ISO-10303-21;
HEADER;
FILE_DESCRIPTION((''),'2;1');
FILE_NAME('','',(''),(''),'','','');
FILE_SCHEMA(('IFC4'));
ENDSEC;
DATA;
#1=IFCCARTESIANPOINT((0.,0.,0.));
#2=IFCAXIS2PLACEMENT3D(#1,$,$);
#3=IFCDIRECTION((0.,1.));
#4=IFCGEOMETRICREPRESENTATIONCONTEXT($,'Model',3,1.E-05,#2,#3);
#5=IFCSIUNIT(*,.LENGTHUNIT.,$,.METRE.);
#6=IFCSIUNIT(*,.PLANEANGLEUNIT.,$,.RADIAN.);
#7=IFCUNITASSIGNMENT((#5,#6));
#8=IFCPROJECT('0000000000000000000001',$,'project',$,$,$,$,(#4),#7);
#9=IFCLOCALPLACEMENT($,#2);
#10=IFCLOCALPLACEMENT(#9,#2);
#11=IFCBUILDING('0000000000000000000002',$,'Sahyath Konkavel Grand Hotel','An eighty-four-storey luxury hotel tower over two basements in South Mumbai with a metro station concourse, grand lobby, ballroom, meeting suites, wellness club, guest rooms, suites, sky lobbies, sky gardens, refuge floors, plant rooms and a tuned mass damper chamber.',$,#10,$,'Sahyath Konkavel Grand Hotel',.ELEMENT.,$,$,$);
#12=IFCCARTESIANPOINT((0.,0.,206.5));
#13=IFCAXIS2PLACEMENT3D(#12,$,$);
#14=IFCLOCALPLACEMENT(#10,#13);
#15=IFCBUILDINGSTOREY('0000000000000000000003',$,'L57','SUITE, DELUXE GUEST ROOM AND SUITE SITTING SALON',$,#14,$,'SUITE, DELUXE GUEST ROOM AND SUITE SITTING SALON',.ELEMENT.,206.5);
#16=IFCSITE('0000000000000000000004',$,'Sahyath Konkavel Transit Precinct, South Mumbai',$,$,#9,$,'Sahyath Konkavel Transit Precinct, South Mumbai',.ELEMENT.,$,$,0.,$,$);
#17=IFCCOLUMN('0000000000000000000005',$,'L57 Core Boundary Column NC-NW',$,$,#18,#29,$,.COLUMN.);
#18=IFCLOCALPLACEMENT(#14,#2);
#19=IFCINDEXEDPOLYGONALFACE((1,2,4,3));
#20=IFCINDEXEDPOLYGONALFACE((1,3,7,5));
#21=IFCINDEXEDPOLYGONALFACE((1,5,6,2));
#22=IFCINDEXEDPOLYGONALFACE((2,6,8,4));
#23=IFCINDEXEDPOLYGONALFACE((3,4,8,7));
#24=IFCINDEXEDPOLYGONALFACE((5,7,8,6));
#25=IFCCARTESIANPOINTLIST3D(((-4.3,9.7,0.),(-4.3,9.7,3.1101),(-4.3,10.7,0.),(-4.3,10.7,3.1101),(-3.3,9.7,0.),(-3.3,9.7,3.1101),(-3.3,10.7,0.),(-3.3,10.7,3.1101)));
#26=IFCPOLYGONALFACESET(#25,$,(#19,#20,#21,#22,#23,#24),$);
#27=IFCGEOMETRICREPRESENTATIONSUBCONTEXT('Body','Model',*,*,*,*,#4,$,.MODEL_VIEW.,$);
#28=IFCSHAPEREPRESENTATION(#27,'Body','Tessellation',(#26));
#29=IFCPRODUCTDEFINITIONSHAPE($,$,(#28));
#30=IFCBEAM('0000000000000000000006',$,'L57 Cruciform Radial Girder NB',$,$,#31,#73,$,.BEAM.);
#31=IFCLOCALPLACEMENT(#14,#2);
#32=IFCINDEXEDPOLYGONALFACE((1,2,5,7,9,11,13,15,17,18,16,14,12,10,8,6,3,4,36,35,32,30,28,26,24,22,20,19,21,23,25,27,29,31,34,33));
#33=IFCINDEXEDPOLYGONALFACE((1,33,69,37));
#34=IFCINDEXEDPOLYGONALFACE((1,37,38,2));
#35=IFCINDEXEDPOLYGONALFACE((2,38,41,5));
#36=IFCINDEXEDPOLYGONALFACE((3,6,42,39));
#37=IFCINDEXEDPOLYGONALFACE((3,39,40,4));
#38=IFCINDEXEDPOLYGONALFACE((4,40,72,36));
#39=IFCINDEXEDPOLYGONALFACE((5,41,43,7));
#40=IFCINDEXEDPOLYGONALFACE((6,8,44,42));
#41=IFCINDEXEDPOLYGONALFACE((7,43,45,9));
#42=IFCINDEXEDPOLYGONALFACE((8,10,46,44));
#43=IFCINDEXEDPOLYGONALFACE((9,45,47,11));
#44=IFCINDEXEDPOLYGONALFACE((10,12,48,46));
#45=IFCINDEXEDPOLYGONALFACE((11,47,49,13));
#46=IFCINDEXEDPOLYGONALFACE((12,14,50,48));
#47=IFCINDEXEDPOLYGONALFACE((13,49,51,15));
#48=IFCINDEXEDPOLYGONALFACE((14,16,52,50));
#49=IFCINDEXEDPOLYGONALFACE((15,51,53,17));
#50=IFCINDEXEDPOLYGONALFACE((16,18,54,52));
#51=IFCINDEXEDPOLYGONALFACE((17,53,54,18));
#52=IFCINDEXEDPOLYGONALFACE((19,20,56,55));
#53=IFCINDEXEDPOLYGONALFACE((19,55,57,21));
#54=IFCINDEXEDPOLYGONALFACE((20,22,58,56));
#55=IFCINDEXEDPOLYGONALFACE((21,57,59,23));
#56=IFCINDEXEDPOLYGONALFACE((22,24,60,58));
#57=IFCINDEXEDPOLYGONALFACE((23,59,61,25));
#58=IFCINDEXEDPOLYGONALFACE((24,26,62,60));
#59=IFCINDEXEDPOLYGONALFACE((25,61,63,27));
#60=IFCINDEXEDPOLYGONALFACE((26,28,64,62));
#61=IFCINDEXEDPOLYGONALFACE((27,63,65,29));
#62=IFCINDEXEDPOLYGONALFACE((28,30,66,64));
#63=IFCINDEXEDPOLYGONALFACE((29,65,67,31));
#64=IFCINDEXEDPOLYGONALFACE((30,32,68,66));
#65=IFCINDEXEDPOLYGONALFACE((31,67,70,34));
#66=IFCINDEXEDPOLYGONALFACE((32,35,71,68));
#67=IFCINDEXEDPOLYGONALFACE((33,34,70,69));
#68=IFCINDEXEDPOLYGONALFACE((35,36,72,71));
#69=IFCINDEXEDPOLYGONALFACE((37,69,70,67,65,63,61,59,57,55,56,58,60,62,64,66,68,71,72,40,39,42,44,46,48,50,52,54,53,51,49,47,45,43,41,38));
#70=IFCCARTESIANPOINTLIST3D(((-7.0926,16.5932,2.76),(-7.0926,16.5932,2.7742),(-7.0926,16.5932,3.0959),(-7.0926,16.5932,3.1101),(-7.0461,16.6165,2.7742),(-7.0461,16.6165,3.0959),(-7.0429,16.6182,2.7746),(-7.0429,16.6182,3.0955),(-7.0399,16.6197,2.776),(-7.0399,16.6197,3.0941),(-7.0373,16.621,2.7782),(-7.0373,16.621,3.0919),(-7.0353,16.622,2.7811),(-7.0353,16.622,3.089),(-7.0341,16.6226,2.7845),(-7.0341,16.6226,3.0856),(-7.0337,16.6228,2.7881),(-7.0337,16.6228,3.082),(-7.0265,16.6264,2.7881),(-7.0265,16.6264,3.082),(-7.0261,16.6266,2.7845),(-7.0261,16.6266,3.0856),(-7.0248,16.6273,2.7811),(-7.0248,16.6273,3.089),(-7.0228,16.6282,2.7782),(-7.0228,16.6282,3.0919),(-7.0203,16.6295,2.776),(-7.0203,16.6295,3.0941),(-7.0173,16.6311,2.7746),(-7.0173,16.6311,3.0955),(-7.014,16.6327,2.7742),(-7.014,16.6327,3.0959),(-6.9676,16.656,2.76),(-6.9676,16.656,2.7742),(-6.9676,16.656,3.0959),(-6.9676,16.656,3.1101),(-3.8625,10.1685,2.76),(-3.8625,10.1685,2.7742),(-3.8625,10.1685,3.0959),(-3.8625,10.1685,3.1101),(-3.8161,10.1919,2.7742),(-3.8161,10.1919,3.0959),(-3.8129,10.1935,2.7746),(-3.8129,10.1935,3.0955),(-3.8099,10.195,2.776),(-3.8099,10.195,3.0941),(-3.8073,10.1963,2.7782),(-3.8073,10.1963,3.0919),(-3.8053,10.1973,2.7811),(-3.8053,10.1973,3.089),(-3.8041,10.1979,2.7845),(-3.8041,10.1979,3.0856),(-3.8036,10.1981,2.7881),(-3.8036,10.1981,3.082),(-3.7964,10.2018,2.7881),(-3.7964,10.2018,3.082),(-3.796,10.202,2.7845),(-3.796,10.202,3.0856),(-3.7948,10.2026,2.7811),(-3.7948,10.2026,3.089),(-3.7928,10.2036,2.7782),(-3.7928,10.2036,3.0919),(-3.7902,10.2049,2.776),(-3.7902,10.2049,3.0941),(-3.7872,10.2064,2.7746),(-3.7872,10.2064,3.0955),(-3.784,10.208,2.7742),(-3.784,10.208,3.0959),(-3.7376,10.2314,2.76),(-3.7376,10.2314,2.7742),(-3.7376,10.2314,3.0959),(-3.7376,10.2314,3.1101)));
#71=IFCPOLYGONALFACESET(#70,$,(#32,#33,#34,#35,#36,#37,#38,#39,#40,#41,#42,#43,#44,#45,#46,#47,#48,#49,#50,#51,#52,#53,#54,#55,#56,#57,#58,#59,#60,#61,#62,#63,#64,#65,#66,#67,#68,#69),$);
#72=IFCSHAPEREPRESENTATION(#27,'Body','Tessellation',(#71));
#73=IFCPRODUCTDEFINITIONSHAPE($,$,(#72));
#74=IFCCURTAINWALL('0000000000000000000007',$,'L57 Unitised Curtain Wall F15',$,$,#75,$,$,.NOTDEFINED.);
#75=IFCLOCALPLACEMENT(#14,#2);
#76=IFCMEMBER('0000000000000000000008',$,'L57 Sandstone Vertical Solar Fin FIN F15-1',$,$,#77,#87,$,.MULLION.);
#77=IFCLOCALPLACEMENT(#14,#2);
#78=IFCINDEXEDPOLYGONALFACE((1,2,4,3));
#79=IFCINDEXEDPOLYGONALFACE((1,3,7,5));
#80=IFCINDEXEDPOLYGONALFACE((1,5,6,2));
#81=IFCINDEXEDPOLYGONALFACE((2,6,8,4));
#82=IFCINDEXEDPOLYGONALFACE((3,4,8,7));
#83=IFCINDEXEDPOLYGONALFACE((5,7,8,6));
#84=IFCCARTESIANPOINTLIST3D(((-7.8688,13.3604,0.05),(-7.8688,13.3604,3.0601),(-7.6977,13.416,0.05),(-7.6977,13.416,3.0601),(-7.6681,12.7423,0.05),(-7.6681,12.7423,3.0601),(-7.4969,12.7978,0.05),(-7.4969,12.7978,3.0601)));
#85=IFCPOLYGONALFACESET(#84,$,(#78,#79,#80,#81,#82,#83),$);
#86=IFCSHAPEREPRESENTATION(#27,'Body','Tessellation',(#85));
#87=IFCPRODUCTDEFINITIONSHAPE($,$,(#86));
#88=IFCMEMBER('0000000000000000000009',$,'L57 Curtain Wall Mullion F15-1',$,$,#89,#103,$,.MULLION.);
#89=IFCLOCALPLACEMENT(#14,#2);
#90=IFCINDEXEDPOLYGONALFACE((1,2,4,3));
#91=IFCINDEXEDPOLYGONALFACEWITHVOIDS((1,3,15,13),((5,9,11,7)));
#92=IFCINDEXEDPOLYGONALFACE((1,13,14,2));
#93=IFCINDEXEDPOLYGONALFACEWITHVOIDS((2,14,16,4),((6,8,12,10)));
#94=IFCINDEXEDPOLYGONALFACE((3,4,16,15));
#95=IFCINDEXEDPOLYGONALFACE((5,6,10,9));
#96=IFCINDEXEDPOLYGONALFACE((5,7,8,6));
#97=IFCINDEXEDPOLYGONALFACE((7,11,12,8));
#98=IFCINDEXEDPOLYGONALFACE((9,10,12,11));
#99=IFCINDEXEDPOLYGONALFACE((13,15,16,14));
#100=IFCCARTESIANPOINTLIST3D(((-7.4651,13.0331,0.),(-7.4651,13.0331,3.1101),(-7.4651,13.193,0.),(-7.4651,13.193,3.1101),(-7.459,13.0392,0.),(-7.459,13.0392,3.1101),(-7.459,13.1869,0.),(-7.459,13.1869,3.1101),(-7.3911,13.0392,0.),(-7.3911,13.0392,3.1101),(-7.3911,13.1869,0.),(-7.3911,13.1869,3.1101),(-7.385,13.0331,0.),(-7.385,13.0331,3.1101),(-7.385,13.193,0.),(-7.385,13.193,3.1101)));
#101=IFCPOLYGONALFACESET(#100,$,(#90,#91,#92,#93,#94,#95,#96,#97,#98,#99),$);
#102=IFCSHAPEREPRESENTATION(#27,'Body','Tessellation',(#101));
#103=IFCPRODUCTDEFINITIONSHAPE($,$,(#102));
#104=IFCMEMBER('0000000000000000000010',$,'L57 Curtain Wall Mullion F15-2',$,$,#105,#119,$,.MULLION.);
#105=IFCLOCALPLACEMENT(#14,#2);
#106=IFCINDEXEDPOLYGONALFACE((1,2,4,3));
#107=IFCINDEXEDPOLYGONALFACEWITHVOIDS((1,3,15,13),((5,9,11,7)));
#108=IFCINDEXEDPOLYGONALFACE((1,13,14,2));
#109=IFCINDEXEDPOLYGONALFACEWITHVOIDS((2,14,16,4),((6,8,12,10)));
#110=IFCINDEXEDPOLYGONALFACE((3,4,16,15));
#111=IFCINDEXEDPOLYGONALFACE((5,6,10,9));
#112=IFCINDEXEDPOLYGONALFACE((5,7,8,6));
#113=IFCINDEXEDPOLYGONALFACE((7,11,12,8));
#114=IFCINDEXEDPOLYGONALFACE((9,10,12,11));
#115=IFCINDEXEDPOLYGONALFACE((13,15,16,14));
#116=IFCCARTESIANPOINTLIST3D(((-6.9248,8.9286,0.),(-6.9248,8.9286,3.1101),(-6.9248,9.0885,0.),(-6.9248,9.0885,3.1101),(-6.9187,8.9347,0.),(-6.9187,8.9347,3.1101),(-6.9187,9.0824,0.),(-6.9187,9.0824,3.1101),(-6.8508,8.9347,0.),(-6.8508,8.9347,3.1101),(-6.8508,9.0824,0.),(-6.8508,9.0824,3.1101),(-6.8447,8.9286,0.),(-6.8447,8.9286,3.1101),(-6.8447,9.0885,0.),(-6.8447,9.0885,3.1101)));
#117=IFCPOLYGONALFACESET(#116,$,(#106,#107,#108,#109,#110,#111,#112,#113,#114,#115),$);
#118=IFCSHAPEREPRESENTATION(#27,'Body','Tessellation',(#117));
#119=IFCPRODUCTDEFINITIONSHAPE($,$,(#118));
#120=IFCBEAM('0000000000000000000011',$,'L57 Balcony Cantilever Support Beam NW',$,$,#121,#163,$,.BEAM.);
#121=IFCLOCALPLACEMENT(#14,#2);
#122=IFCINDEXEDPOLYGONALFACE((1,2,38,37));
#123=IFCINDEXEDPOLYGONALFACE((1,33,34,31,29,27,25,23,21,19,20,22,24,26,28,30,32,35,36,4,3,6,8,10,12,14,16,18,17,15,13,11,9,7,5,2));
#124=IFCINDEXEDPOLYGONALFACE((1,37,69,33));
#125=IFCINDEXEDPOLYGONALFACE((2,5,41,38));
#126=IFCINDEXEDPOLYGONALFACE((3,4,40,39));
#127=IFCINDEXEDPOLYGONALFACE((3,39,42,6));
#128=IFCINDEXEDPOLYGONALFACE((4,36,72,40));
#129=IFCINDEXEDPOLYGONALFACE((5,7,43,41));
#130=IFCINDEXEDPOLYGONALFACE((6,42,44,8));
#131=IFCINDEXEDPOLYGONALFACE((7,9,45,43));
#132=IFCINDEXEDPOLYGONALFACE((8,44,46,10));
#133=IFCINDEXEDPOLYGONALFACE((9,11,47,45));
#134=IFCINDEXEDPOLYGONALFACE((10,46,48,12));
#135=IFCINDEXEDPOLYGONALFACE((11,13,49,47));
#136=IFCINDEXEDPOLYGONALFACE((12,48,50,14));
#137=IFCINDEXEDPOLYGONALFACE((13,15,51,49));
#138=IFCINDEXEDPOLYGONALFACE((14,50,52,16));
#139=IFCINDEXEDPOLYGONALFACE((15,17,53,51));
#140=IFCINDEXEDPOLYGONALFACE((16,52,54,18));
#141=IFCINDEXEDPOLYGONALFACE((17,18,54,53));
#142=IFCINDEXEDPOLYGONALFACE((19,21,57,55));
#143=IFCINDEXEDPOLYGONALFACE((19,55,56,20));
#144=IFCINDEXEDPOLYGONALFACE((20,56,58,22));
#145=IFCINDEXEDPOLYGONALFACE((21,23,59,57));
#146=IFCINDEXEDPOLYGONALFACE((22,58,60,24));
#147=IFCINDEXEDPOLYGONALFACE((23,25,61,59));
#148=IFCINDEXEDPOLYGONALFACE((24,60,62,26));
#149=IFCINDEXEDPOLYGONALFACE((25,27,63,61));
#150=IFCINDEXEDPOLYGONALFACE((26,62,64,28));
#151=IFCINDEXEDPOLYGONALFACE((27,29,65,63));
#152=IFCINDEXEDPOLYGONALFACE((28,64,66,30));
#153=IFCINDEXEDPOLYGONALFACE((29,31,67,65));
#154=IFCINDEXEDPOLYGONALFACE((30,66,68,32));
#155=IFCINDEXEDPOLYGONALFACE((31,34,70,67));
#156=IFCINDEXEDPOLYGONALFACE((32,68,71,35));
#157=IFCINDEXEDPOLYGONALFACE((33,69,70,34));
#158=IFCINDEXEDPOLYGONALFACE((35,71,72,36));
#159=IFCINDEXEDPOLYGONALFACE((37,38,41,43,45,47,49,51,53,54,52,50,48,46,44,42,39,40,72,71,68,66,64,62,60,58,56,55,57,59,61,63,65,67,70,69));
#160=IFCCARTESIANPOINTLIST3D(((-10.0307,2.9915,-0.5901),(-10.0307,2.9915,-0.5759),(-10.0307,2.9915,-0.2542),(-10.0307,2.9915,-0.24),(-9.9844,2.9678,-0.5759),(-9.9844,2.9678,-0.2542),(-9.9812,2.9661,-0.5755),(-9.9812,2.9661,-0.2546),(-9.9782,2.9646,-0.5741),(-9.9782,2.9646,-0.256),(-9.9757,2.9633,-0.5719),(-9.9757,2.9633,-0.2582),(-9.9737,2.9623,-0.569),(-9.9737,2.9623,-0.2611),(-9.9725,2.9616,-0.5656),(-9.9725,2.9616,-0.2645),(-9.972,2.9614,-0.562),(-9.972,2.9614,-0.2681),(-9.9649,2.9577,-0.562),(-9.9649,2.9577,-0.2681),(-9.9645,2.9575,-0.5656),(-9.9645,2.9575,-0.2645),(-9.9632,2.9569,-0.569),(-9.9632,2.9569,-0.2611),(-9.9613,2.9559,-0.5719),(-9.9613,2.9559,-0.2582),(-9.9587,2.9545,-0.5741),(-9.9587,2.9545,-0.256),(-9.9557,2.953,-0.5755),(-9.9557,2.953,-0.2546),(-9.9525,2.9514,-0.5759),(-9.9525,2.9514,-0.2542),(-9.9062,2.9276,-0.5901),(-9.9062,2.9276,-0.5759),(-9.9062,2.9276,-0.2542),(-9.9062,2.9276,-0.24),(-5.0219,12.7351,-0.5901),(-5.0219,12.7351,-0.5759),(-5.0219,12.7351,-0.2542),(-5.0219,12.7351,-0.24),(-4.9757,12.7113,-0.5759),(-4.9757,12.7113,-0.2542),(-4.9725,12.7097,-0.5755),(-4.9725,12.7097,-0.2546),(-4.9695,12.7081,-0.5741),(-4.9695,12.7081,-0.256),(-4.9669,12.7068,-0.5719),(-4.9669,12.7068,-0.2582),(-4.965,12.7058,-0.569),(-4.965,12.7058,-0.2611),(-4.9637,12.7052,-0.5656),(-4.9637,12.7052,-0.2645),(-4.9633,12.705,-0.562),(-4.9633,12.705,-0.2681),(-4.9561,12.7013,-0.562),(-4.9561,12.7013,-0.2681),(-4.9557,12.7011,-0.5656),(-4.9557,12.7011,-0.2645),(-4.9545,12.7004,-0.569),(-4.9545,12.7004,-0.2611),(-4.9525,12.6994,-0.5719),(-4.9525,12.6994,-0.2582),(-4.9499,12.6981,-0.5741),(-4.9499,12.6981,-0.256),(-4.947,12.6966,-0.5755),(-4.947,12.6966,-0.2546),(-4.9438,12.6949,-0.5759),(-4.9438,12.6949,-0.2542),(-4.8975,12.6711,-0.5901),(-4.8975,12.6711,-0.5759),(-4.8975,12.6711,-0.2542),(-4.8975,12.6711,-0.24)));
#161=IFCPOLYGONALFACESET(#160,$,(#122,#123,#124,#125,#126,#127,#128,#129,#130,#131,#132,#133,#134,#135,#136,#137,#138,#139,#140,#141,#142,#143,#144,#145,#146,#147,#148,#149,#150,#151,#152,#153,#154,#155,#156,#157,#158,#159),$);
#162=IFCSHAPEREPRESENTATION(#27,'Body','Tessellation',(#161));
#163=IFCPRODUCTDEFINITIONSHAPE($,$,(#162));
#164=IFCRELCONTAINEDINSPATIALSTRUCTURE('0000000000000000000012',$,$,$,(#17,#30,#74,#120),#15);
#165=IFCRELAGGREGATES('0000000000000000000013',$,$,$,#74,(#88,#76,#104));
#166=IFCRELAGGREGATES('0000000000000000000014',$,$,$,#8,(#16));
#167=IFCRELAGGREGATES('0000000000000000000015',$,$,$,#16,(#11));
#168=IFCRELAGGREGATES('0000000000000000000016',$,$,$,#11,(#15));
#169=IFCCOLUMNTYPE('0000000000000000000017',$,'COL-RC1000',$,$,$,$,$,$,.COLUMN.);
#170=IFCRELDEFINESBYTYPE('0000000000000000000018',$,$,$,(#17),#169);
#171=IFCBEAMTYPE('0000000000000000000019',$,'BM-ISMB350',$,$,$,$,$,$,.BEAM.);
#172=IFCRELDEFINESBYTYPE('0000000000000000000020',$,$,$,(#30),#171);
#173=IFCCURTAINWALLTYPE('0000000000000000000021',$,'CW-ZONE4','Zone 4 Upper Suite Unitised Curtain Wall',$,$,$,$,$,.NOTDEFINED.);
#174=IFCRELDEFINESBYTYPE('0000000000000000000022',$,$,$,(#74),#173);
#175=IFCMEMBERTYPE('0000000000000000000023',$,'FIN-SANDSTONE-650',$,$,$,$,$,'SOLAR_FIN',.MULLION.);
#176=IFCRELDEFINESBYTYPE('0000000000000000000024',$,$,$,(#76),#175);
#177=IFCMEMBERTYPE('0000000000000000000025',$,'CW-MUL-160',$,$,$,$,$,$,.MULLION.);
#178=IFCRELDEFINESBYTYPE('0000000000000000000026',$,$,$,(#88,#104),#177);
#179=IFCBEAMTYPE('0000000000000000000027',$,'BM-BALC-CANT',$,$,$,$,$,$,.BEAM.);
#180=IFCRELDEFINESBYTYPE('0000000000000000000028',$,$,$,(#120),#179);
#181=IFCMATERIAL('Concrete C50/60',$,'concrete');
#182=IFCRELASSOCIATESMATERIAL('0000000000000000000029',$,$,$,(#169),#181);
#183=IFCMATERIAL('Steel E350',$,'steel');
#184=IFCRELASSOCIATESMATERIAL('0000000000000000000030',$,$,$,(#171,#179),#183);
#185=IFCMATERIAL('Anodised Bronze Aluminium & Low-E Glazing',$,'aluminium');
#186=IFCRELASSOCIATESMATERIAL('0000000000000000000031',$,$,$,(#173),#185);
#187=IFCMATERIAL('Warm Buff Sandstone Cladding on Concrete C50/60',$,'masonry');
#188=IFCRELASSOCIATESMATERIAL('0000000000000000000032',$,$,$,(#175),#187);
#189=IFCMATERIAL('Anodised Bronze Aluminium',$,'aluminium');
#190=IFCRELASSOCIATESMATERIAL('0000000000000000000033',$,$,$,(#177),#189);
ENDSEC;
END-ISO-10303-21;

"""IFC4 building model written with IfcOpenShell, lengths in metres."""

from ifc_helpers import new_model, si_unit, direction, frame, origin, origin_2d, place, context, subcontext, project, spatial, rectangle, hollow_rectangle, i_section, extrude, source, transform, mapped, material, material_profile, profile_set, type_object, element, aggregate, save


model = new_model("IFC4")

# Units and contexts
model_context = context("Model", 3, precision=1e-05, world=origin(), true_north=direction((0.0, 1.0)))
body_context = subcontext(model_context, "Body", "Model", "MODEL_VIEW")
ifc_project = project(units=[si_unit("LENGTHUNIT", "METRE"), si_unit("PLANEANGLEUNIT", "RADIAN")], contexts=[model_context])

# Site, building, storey
site_placement = place(None, origin())
site = spatial("IfcSite", under=ifc_project, at=site_placement, Name="Sahyath Konkavel Transit Precinct, South Mumbai", LongName="Sahyath Konkavel Transit Precinct, South Mumbai", CompositionType="ELEMENT", RefElevation=0.0)
building_placement = place(site_placement, origin())
building = spatial("IfcBuilding", under=site, at=building_placement, Name="Sahyath Konkavel Grand Hotel", Description="An eighty-four-storey luxury hotel tower over two basements in South Mumbai with a metro station concourse, grand lobby, ballroom, meeting suites, wellness club, guest rooms, suites, sky lobbies, sky gardens, refuge floors, plant rooms and a tuned mass damper chamber.", LongName="Sahyath Konkavel Grand Hotel", CompositionType="ELEMENT")
storey_placement = place(building_placement, frame((0.0, 0.0, 206.5)))
storey = spatial("IfcBuildingStorey", under=building, at=storey_placement, Name="L57", Description="SUITE, DELUXE GUEST ROOM AND SUITE SITTING SALON", LongName="SUITE, DELUXE GUEST ROOM AND SUITE SITTING SALON", CompositionType="ELEMENT", Elevation=206.5)

# Column
ifc_material_1 = material(Name="Concrete C50/60", Category="concrete")
ifc_material_profile_1 = material_profile(ifc_material_1, rectangle(XDim=1.0, YDim=1.0, at=origin_2d()), Name="RC 1000x1000")
ifc_profile_set_1 = profile_set([ifc_material_profile_1], Name="Concrete C50/60")
column_type = type_object("IfcColumnType", Name="COL-RC1000", PredefinedType="COLUMN", material=ifc_profile_set_1)
shared_shape_1 = source(origin(), body_context, "Body", "SweptSolid", [
    extrude(rectangle(XDim=1.0, YDim=1.0, at=origin_2d()), origin(), (0.0, 0.0, 1.0), 3.1101),
])
column_placement = place(storey_placement, frame((-3.8, 10.2, 0.0), z_axis=(0.0, 0.0, 1.0), x_axis=(1.0, 0.0, 0.0)))
element("IfcColumn", 1, at=column_placement, inside=storey, type_object=column_type, Name="L57 Core Boundary Column NC-NW", PredefinedType="COLUMN", context=body_context, shape_type="MappedRepresentation", body=[
    mapped(shared_shape_1, transform((0.0, 0.0, 0.0), scale=1.0)),
])

# Beam
ifc_material_2 = material(Name="Steel E350", Category="steel")
ifc_material_profile_2 = material_profile(ifc_material_2, i_section(OverallWidth=0.1399, OverallDepth=0.3501, WebThickness=0.0081, FlangeThickness=0.0142, FilletRadius=0.0139, at=origin_2d()), Name="ISMB 350")
ifc_profile_set_2 = profile_set([ifc_material_profile_2], Name="Steel E350")
beam_type_1 = type_object("IfcBeamType", Name="BM-ISMB350", PredefinedType="BEAM", material=ifc_profile_set_2)
shared_shape_2 = source(origin(), body_context, "Body", "SweptSolid", [
    extrude(i_section(OverallWidth=0.1399, OverallDepth=0.3501, WebThickness=0.0081, FlangeThickness=0.0142, FilletRadius=0.0139, at=origin_2d()), origin(), (0.0, 0.0, 1.0), 7.1909),
])
beam_1_placement = place(storey_placement, frame((-3.8, 10.2, 2.9351), z_axis=(-0.449182, 0.89344, 0.0), x_axis=(-0.89344, -0.449182, 0.0)))
element("IfcBeam", 2, at=beam_1_placement, inside=storey, type_object=beam_type_1, Name="L57 Cruciform Radial Girder NB", PredefinedType="BEAM", context=body_context, shape_type="MappedRepresentation", body=[
    mapped(shared_shape_2, transform((0.0, 0.0, 0.0), scale=1.0)),
])

# Curtain wall, members
ifc_material_3 = material(Name="Anodised Bronze Aluminium & Low-E Glazing", Category="aluminium")
curtain_wall_type = type_object("IfcCurtainWallType", Name="CW-ZONE4", Description="Zone 4 Upper Suite Unitised Curtain Wall", PredefinedType="NOTDEFINED", material=ifc_material_3)
curtain_wall_placement = place(storey_placement, origin())
curtain_wall = element("IfcCurtainWall", 3, at=curtain_wall_placement, inside=storey, type_object=curtain_wall_type, Name="L57 Unitised Curtain Wall F15", PredefinedType="NOTDEFINED")
ifc_material_4 = material(Name="Warm Buff Sandstone Cladding on Concrete C50/60", Category="masonry")
ifc_material_profile_3 = material_profile(ifc_material_4, rectangle(XDim=0.1799, YDim=0.6499, at=origin_2d()), Name="FIN 180x650")
ifc_profile_set_3 = profile_set([ifc_material_profile_3], Name="Warm Buff Sandstone Cladding on Concrete C50/60")
member_type_1 = type_object("IfcMemberType", Name="FIN-SANDSTONE-650", ElementType="SOLAR_FIN", PredefinedType="MULLION", material=ifc_profile_set_3)
shared_shape_3 = source(origin(), body_context, "Body", "SweptSolid", [
    extrude(rectangle(XDim=0.1799, YDim=0.6499, at=origin_2d()), origin(), (0.0, 0.0, 1.0), 3.01),
])
member_1_placement = place(storey_placement, frame((-7.6829, 13.0791, 0.05), z_axis=(0.0, 0.0, 1.0), x_axis=(0.95111, 0.308851, 0.0)))
member_1 = element("IfcMember", 4, at=member_1_placement, type_object=member_type_1, Name="L57 Sandstone Vertical Solar Fin FIN F15-1", PredefinedType="MULLION", context=body_context, shape_type="MappedRepresentation", body=[
    mapped(shared_shape_3, transform((0.0, 0.0, 0.0), scale=1.0)),
])
ifc_material_5 = material(Name="Anodised Bronze Aluminium", Category="aluminium")
ifc_material_profile_4 = material_profile(ifc_material_5, hollow_rectangle(XDim=0.0801, YDim=0.1599, WallThickness=0.0061, at=origin_2d()), Name="RHS 160x80x6")
ifc_profile_set_4 = profile_set([ifc_material_profile_4], Name="Anodised Bronze Aluminium")
member_type_2 = type_object("IfcMemberType", Name="CW-MUL-160", PredefinedType="MULLION", material=ifc_profile_set_4)
shared_shape_4 = source(origin(), body_context, "Body", "SweptSolid", [
    extrude(hollow_rectangle(XDim=0.0801, YDim=0.1599, WallThickness=0.0061, at=origin_2d()), origin(), (0.0, 0.0, 1.0), 3.1101),
])
member_2_placement = place(storey_placement, frame((-7.425, 13.113, 0.0), z_axis=(0.0, 0.0, 1.0), x_axis=(1.0, 0.0, 0.0)))
member_2 = element("IfcMember", 5, at=member_2_placement, type_object=member_type_2, Name="L57 Curtain Wall Mullion F15-1", PredefinedType="MULLION", context=body_context, shape_type="MappedRepresentation", body=[
    mapped(shared_shape_4, transform((0.0, 0.0, 0.0), scale=1.0)),
])
member_3_placement = place(storey_placement, frame((-6.8848, 9.0085, 0.0), z_axis=(0.0, 0.0, 1.0), x_axis=(1.0, 0.0, 0.0)))
member_3 = element("IfcMember", 6, at=member_3_placement, type_object=member_type_2, Name="L57 Curtain Wall Mullion F15-2", PredefinedType="MULLION", context=body_context, shape_type="MappedRepresentation", body=[
    mapped(shared_shape_4, transform((0.0, 0.0, 0.0), scale=1.0)),
])

# Beam
ifc_material_profile_5 = material_profile(ifc_material_2, i_section(OverallWidth=0.1399, OverallDepth=0.3501, WebThickness=0.0081, FlangeThickness=0.0142, FilletRadius=0.0139, at=origin_2d()), Name="ISMB 350")
ifc_profile_set_5 = profile_set([ifc_material_profile_5], Name="Steel E350")
beam_type_2 = type_object("IfcBeamType", Name="BM-BALC-CANT", PredefinedType="BEAM", material=ifc_profile_set_5)
shared_shape_5 = source(origin(), body_context, "Body", "SweptSolid", [
    extrude(i_section(OverallWidth=0.1399, OverallDepth=0.3501, WebThickness=0.0081, FlangeThickness=0.0142, FilletRadius=0.0139, at=origin_2d()), origin(), (0.0, 0.0, 1.0), 10.9556),
])
beam_2_placement = place(storey_placement, frame((-4.9597, 12.7031, -0.415), z_axis=(-0.457187, -0.889371, 0.0), x_axis=(0.889371, -0.457187, 0.0)))
element("IfcBeam", 7, at=beam_2_placement, inside=storey, type_object=beam_type_2, Name="L57 Balcony Cantilever Support Beam NW", PredefinedType="BEAM", context=body_context, shape_type="MappedRepresentation", body=[
    mapped(shared_shape_5, transform((0.0, 0.0, 0.0), scale=1.0)),
])

aggregate(curtain_wall, [member_2, member_1, member_3])

save(model, "model.ifc")
